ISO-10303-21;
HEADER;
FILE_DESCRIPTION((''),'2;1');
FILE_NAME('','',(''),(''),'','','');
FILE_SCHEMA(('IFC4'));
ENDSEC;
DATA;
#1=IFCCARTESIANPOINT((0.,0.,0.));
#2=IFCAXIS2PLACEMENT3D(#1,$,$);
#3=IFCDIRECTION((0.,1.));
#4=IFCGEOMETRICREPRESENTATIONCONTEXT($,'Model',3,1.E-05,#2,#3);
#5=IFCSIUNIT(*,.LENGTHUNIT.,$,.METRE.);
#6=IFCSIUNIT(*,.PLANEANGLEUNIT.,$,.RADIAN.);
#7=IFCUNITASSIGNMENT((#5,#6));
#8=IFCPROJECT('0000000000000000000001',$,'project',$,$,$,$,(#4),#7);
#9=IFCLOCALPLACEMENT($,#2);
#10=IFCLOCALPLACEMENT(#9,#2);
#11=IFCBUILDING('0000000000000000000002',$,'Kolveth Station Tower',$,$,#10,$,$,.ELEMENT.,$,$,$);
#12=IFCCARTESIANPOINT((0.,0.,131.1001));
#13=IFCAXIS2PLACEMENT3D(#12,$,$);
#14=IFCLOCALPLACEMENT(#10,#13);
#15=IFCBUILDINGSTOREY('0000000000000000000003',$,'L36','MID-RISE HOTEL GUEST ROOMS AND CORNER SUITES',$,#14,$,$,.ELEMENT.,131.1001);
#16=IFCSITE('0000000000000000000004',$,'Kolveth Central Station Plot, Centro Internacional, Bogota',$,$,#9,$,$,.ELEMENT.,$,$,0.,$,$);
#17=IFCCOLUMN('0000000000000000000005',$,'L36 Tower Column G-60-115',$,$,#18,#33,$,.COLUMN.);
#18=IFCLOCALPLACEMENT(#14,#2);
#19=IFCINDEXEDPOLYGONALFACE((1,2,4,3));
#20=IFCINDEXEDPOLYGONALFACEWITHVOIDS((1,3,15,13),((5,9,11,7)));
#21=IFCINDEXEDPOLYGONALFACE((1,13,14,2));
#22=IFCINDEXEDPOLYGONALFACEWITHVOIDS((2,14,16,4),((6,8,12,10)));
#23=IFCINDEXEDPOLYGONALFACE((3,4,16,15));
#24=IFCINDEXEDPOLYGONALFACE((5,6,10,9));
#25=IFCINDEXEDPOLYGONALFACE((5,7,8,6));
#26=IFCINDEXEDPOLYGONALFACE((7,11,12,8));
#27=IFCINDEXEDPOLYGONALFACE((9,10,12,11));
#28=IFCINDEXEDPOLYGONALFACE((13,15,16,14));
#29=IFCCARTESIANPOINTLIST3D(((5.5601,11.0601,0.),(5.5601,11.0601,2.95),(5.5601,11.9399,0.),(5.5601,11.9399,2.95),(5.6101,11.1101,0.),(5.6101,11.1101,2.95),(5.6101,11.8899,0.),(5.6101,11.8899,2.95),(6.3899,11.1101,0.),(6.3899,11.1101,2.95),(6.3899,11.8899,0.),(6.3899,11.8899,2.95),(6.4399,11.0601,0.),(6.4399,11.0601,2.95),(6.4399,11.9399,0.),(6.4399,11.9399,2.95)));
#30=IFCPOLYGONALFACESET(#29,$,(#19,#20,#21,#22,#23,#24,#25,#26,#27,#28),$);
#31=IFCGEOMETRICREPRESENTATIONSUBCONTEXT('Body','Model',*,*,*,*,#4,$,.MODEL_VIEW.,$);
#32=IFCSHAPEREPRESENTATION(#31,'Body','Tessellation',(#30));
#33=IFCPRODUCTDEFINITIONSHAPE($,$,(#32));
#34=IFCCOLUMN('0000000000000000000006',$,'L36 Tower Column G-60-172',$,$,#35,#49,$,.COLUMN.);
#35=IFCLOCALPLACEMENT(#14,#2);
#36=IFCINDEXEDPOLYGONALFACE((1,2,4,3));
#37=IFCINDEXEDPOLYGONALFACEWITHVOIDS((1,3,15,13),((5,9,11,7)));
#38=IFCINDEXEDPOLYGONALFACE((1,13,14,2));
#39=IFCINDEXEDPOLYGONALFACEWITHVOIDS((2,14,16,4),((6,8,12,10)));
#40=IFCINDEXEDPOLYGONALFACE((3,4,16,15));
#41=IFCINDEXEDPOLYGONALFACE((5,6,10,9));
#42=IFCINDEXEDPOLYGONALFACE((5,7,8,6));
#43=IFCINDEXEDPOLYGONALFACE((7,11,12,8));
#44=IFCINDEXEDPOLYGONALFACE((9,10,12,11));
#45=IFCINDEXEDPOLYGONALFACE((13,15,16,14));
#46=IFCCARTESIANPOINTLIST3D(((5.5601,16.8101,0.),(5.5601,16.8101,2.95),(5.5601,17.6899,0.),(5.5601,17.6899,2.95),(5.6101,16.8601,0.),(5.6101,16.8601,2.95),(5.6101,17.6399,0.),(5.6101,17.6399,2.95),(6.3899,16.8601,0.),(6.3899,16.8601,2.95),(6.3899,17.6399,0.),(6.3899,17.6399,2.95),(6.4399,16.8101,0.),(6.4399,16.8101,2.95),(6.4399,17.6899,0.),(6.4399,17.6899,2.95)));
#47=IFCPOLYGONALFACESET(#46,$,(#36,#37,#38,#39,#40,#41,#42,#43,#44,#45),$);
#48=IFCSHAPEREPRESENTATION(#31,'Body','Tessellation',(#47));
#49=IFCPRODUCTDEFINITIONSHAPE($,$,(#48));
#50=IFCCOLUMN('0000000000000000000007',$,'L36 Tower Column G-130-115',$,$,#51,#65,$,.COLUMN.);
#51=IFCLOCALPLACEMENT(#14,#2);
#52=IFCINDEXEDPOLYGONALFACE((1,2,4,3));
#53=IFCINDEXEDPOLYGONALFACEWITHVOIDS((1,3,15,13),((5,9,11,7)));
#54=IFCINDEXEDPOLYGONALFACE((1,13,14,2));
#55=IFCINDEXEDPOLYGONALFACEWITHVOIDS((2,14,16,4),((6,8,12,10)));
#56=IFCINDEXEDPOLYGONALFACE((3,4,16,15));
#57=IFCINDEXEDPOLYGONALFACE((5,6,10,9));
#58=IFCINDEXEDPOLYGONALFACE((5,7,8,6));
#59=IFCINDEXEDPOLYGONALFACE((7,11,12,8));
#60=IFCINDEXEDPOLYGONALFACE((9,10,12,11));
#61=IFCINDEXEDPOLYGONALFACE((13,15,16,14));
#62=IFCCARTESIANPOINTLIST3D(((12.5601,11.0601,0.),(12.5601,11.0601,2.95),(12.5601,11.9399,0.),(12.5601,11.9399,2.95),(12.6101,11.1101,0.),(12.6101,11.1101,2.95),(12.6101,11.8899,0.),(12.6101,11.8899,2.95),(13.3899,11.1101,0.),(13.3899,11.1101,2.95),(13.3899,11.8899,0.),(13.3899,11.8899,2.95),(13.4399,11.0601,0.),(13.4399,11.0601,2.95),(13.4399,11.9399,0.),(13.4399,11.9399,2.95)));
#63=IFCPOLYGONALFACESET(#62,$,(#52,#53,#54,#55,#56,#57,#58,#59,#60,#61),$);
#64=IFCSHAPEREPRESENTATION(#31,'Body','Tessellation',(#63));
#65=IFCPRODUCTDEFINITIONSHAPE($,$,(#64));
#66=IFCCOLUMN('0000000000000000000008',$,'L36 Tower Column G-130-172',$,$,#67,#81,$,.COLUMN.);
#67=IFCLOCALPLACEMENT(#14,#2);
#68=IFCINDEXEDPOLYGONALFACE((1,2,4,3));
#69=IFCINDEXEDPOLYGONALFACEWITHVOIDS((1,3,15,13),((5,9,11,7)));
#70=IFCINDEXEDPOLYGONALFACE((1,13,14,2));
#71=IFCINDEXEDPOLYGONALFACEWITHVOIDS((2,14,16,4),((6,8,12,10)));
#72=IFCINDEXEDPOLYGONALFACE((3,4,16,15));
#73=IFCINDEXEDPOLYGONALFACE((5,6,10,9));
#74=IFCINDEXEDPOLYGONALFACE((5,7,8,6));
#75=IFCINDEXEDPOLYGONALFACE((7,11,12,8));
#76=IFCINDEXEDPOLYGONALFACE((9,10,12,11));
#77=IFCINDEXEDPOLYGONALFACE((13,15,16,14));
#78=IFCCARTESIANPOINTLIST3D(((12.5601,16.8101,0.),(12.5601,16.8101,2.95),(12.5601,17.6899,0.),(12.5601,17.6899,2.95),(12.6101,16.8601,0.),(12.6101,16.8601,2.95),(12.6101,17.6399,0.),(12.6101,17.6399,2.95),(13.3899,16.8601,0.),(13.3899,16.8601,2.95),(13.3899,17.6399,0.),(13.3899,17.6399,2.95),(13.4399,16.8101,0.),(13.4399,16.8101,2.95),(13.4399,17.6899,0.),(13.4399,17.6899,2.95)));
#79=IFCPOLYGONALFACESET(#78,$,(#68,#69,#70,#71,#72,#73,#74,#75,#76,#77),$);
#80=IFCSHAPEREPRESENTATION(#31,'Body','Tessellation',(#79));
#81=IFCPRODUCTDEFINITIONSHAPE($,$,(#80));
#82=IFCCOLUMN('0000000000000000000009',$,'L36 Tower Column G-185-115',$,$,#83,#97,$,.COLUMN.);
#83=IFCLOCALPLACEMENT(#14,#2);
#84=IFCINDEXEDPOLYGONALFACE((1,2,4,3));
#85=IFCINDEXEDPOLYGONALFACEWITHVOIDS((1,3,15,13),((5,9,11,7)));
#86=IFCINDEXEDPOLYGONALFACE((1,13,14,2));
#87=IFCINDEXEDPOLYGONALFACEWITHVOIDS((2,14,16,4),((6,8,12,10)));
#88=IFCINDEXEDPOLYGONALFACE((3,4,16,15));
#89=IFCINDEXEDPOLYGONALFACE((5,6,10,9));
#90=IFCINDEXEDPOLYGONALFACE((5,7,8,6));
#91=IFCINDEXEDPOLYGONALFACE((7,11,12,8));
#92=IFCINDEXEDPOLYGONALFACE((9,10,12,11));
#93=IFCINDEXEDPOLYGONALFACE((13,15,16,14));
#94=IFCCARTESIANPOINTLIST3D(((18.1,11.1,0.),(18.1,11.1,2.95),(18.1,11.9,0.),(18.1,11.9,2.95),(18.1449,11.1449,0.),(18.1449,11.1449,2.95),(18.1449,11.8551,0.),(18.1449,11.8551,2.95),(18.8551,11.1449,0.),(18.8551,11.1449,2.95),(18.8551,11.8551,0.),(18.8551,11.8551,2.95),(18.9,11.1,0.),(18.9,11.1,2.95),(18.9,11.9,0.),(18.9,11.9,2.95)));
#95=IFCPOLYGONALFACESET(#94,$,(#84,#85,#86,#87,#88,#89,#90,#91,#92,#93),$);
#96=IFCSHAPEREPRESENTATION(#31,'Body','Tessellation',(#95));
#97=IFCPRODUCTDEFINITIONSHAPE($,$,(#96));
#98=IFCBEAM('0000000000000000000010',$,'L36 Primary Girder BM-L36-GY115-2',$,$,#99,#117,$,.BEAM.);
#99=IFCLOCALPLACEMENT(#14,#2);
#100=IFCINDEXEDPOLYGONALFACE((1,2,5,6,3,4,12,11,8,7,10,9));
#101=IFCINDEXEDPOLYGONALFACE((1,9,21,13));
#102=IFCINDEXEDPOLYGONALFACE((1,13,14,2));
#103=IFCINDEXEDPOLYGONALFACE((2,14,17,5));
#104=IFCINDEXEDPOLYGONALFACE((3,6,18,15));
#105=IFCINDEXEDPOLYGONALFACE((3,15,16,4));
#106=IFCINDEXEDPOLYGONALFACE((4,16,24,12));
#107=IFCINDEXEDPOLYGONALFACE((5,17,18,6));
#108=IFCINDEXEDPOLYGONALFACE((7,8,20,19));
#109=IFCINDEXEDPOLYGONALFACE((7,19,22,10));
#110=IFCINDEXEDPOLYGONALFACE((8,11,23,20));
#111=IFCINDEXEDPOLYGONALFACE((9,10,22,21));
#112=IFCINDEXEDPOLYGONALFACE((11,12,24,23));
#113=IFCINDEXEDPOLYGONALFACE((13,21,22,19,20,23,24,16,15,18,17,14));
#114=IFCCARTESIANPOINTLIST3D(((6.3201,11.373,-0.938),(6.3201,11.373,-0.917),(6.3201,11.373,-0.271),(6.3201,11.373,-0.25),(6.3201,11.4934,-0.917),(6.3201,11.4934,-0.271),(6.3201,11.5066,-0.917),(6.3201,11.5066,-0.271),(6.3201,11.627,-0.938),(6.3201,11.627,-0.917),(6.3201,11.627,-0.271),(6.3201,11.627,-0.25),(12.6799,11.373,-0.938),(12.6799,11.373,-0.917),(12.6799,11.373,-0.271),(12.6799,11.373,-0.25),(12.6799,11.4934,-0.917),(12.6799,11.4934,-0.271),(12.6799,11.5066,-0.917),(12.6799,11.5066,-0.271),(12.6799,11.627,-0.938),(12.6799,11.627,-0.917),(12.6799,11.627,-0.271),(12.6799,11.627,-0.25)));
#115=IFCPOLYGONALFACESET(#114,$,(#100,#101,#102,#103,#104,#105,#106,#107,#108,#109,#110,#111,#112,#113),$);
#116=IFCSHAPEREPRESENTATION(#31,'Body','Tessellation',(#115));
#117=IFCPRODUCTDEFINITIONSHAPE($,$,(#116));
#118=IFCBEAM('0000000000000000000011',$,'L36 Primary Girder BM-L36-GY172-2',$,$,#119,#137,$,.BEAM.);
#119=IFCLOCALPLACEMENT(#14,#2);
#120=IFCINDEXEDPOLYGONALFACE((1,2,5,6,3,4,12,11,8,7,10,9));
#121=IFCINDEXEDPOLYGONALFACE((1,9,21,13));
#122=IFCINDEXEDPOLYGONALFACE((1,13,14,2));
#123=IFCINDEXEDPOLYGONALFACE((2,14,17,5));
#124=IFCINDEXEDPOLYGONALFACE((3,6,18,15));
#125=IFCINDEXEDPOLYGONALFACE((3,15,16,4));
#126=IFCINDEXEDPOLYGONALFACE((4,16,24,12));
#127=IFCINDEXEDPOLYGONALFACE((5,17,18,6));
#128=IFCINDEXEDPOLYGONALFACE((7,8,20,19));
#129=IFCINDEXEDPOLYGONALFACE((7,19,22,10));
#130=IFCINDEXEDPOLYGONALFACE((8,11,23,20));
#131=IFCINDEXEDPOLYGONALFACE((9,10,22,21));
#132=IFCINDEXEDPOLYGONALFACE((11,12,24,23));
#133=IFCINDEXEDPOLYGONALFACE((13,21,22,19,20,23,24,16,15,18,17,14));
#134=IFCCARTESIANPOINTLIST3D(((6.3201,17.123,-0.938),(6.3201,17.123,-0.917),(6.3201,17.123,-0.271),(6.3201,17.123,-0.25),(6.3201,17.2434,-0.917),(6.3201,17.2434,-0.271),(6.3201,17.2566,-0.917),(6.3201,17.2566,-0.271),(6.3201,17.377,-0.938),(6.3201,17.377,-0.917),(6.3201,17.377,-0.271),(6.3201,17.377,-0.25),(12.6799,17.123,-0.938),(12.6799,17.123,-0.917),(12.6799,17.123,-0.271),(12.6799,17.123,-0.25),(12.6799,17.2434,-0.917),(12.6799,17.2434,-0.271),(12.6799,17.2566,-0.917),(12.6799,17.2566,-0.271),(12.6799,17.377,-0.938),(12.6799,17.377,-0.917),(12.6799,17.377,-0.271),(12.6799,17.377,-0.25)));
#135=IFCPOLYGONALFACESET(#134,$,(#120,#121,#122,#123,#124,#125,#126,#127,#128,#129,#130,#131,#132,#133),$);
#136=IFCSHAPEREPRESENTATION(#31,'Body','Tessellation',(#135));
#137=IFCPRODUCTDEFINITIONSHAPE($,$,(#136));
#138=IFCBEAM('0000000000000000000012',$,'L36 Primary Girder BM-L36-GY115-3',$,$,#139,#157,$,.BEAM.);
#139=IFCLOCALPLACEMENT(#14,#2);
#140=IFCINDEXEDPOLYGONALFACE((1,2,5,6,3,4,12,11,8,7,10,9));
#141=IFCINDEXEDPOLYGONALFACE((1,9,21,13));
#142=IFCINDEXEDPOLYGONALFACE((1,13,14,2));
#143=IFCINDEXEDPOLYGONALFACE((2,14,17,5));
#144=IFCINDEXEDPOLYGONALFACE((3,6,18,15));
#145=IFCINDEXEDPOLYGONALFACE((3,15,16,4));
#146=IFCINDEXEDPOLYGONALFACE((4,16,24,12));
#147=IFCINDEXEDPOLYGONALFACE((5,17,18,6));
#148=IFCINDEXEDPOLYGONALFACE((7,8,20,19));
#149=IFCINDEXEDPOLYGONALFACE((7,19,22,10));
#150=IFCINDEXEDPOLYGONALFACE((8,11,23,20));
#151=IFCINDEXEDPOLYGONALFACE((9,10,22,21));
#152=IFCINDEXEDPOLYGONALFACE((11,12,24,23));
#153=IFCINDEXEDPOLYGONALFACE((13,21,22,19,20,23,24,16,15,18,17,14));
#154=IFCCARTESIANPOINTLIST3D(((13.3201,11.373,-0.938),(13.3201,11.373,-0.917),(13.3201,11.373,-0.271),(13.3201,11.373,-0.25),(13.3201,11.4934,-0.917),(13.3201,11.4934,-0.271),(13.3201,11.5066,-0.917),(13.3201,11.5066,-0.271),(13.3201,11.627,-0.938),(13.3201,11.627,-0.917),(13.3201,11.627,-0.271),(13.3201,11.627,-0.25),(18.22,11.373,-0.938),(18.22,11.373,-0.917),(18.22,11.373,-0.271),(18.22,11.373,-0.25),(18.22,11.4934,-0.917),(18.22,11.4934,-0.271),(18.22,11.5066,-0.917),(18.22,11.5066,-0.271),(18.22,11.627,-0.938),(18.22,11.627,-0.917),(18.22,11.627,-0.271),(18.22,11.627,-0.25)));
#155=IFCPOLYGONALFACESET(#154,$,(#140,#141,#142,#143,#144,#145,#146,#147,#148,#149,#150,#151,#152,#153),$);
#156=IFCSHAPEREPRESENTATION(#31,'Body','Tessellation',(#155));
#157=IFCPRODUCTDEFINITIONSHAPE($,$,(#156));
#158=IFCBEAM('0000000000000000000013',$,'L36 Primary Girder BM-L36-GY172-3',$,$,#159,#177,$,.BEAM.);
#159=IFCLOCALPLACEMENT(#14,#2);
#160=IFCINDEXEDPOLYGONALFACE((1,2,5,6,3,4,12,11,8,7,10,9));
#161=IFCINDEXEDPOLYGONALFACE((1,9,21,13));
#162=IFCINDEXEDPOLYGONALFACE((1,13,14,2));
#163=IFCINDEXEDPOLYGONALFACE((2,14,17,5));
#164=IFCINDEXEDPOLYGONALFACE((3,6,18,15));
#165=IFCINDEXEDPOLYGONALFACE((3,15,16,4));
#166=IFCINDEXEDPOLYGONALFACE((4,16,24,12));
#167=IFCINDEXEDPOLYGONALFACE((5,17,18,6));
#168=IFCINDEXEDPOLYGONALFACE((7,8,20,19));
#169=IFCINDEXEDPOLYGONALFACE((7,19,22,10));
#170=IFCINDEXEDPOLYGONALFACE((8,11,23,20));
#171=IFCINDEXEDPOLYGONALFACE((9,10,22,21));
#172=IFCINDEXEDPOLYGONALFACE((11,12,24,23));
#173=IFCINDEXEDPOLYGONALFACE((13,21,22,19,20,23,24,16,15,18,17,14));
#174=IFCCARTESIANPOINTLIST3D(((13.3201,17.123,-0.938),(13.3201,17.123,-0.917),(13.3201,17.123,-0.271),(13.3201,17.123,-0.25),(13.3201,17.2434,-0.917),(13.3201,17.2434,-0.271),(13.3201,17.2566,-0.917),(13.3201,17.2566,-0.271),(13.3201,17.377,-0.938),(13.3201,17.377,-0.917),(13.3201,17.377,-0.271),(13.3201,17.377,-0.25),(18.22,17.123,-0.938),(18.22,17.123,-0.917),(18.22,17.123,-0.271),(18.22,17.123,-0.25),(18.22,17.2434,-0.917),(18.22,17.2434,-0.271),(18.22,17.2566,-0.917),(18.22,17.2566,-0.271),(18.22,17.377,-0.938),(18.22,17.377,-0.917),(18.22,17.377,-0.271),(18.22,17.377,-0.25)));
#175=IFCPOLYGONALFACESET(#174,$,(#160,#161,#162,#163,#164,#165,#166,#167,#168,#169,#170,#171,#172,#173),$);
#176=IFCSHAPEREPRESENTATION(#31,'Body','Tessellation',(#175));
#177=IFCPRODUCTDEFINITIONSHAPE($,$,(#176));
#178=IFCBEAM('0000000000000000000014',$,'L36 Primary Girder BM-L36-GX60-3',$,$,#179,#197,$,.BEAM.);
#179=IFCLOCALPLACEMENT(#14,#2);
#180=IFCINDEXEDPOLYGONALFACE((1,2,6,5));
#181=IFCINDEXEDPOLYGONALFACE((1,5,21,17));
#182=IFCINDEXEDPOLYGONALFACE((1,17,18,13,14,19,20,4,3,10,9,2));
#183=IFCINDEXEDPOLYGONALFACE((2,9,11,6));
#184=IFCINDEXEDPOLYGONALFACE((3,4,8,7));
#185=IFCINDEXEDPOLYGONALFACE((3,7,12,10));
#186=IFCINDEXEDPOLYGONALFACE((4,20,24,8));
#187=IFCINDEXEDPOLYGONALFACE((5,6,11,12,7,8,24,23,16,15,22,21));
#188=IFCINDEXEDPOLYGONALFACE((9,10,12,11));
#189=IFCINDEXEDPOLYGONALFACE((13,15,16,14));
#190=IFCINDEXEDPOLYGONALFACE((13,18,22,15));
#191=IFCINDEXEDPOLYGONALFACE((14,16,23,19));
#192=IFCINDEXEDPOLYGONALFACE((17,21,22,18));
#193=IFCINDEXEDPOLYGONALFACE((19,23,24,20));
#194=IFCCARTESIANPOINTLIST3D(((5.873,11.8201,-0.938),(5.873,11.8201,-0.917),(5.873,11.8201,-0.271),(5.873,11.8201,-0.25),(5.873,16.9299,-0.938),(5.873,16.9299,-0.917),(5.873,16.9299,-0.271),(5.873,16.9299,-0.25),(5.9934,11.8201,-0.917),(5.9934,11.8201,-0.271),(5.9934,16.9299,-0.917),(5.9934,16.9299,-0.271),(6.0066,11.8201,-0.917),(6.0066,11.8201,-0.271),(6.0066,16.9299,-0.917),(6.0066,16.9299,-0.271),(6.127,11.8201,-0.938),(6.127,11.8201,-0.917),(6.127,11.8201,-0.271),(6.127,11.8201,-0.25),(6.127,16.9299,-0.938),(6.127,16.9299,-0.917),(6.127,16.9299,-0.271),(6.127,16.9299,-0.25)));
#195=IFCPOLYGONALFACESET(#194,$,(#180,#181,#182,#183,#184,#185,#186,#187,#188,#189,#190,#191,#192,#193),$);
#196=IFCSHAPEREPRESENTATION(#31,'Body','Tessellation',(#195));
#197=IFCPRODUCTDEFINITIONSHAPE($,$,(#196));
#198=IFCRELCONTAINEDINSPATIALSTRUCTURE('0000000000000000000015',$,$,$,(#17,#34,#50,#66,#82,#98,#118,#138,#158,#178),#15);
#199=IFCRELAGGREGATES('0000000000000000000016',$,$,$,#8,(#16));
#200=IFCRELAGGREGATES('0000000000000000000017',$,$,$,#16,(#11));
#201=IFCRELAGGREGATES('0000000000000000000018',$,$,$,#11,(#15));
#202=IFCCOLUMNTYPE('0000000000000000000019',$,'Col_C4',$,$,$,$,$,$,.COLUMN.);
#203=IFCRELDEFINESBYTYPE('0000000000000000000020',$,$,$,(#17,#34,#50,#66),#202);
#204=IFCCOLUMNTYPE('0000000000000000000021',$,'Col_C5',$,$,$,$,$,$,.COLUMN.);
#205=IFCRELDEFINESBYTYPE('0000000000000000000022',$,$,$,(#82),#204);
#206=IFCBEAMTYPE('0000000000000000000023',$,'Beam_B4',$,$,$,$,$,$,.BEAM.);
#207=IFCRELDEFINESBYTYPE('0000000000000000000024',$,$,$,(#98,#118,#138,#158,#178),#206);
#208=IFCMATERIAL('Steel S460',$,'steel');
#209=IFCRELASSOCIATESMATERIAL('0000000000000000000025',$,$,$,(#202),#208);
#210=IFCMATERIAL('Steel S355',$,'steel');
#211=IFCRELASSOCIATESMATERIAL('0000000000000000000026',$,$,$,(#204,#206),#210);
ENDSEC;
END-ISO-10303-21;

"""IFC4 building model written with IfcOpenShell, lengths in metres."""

from ifc_helpers import new_model, si_unit, direction, frame, origin, origin_2d, place, context, subcontext, project, spatial, hollow_rectangle, i_section, extrude, source, transform, mapped, material, material_profile, profile_set, type_object, element, save


model = new_model("IFC4")

# Units and contexts
model_context = context("Model", 3, precision=1e-05, world=origin(), true_north=direction((0.0, 1.0)))
body_context = subcontext(model_context, "Body", "Model", "MODEL_VIEW")
ifc_project = project(units=[si_unit("LENGTHUNIT", "METRE"), si_unit("PLANEANGLEUNIT", "RADIAN")], contexts=[model_context])

# Site, building, storey
site_placement = place(None, origin())
site = spatial("IfcSite", under=ifc_project, at=site_placement, Name="Kolveth Central Station Plot, Centro Internacional, Bogota", CompositionType="ELEMENT", RefElevation=0.0)
building_placement = place(site_placement, origin())
building = spatial("IfcBuilding", under=site, at=building_placement, Name="Kolveth Station Tower", CompositionType="ELEMENT")
storey_placement = place(building_placement, frame((0.0, 0.0, 131.1001)))
storey = spatial("IfcBuildingStorey", under=building, at=storey_placement, Name="L36", Description="MID-RISE HOTEL GUEST ROOMS AND CORNER SUITES", CompositionType="ELEMENT", Elevation=131.1001)

# Columns
ifc_material_1 = material(Name="Steel S460", Category="steel")
ifc_material_profile_1 = material_profile(ifc_material_1, hollow_rectangle(XDim=0.8799, YDim=0.8799, WallThickness=0.05, at=origin_2d()), Name="BOX880x880x50")
ifc_profile_set_1 = profile_set([ifc_material_profile_1], Name="Steel S460")
column_type_1 = type_object("IfcColumnType", Name="Col_C4", PredefinedType="COLUMN", material=ifc_profile_set_1)
shared_shape_1 = source(origin(), body_context, "Body", "SweptSolid", [
    extrude(hollow_rectangle(XDim=0.8799, YDim=0.8799, WallThickness=0.05, at=origin_2d()), origin(), (0.0, 0.0, 1.0), 2.95),
])
for number, where, z_axis, x_axis, name in (
    (1, (6.0, 11.5, 0.0), (0.0, 0.0, 1.0), (1.0, 0.0, 0.0), "L36 Tower Column G-60-115"),
    (2, (6.0, 17.25, 0.0), (0.0, 0.0, 1.0), (1.0, 0.0, 0.0), "L36 Tower Column G-60-172"),
    (3, (13.0, 11.5, 0.0), (0.0, 0.0, 1.0), (1.0, 0.0, 0.0), "L36 Tower Column G-130-115"),
    (4, (13.0, 17.25, 0.0), (0.0, 0.0, 1.0), (1.0, 0.0, 0.0), "L36 Tower Column G-130-172"),
):
    element("IfcColumn", number, at=place(storey_placement, frame(where, z_axis=z_axis, x_axis=x_axis)), inside=storey, type_object=column_type_1, Name=name, PredefinedType="COLUMN", context=body_context, shape_type="MappedRepresentation", body=[
        mapped(shared_shape_1, transform((0.0, 0.0, 0.0), x_axis=(1.0, 0.0, 0.0), y_axis=(0.0, 1.0, 0.0), z_axis=(0.0, 0.0, 1.0), scale=1.0)),
    ])
ifc_material_2 = material(Name="Steel S355", Category="steel")
ifc_material_profile_2 = material_profile(ifc_material_2, hollow_rectangle(XDim=0.8, YDim=0.8, WallThickness=0.0449, at=origin_2d()), Name="BOX800x800x45")
ifc_profile_set_2 = profile_set([ifc_material_profile_2], Name="Steel S355")
column_type_2 = type_object("IfcColumnType", Name="Col_C5", PredefinedType="COLUMN", material=ifc_profile_set_2)
shared_shape_2 = source(origin(), body_context, "Body", "SweptSolid", [
    extrude(hollow_rectangle(XDim=0.8, YDim=0.8, WallThickness=0.0449, at=origin_2d()), origin(), (0.0, 0.0, 1.0), 2.95),
])
column_placement = place(storey_placement, frame((18.5, 11.5, 0.0), z_axis=(0.0, 0.0, 1.0), x_axis=(1.0, 0.0, 0.0)))
element("IfcColumn", 5, at=column_placement, inside=storey, type_object=column_type_2, Name="L36 Tower Column G-185-115", PredefinedType="COLUMN", context=body_context, shape_type="MappedRepresentation", body=[
    mapped(shared_shape_2, transform((0.0, 0.0, 0.0), x_axis=(1.0, 0.0, 0.0), y_axis=(0.0, 1.0, 0.0), z_axis=(0.0, 0.0, 1.0), scale=1.0)),
])

# Beams
ifc_material_profile_3 = material_profile(ifc_material_2, i_section(OverallWidth=0.2539, OverallDepth=0.688, WebThickness=0.0132, FlangeThickness=0.021, at=origin_2d()), Name="W690x152")
ifc_profile_set_3 = profile_set([ifc_material_profile_3], Name="Steel S355")
beam_type_1 = type_object("IfcBeamType", Name="Beam_B4", PredefinedType="BEAM", material=ifc_profile_set_3)
shared_shape_3 = source(origin(), body_context, "Body", "SweptSolid", [
    extrude(i_section(OverallWidth=0.2539, OverallDepth=0.688, WebThickness=0.0132, FlangeThickness=0.021, at=origin_2d()), origin(), (0.0, 0.0, 1.0), 6.3599),
])
for number, where, z_axis, x_axis, name in (
    (6, (6.3201, 11.5, -0.594), (1.0, 0.0, 0.0), (0.0, 1.0, 0.0), "L36 Primary Girder BM-L36-GY115-2"),
    (7, (6.3201, 17.25, -0.594), (1.0, 0.0, 0.0), (0.0, 1.0, 0.0), "L36 Primary Girder BM-L36-GY172-2"),
):
    element("IfcBeam", number, at=place(storey_placement, frame(where, z_axis=z_axis, x_axis=x_axis)), inside=storey, type_object=beam_type_1, Name=name, PredefinedType="BEAM", context=body_context, shape_type="MappedRepresentation", body=[
        mapped(shared_shape_3, transform((0.0, 0.0, 0.0), x_axis=(1.0, 0.0, 0.0), y_axis=(0.0, 1.0, 0.0), z_axis=(0.0, 0.0, 1.0), scale=1.0)),
    ])
shared_shape_4 = source(origin(), body_context, "Body", "SweptSolid", [
    extrude(i_section(OverallWidth=0.2539, OverallDepth=0.688, WebThickness=0.0132, FlangeThickness=0.021, at=origin_2d()), origin(), (0.0, 0.0, 1.0), 4.8999),
])
for number, where, z_axis, x_axis, name in (
    (8, (13.3201, 11.5, -0.594), (1.0, 0.0, 0.0), (0.0, 1.0, 0.0), "L36 Primary Girder BM-L36-GY115-3"),
    (9, (13.3201, 17.25, -0.594), (1.0, 0.0, 0.0), (0.0, 1.0, 0.0), "L36 Primary Girder BM-L36-GY172-3"),
):
    element("IfcBeam", number, at=place(storey_placement, frame(where, z_axis=z_axis, x_axis=x_axis)), inside=storey, type_object=beam_type_1, Name=name, PredefinedType="BEAM", context=body_context, shape_type="MappedRepresentation", body=[
        mapped(shared_shape_4, transform((0.0, 0.0, 0.0), x_axis=(1.0, 0.0, 0.0), y_axis=(0.0, 1.0, 0.0), z_axis=(0.0, 0.0, 1.0), scale=1.0)),
    ])
shared_shape_5 = source(origin(), body_context, "Body", "SweptSolid", [
    extrude(i_section(OverallWidth=0.2539, OverallDepth=0.688, WebThickness=0.0132, FlangeThickness=0.021, at=origin_2d()), origin(), (0.0, 0.0, 1.0), 5.1099),
])
for number, where, z_axis, x_axis, name in (
    (10, (6.0, 11.8201, -0.594), (0.0, 1.0, 0.0), (-1.0, 0.0, 0.0), "L36 Primary Girder BM-L36-GX60-3"),
):
    element("IfcBeam", number, at=place(storey_placement, frame(where, z_axis=z_axis, x_axis=x_axis)), inside=storey, type_object=beam_type_1, Name=name, PredefinedType="BEAM", context=body_context, shape_type="MappedRepresentation", body=[
        mapped(shared_shape_5, transform((0.0, 0.0, 0.0), x_axis=(1.0, 0.0, 0.0), y_axis=(0.0, 1.0, 0.0), z_axis=(0.0, 0.0, 1.0), scale=1.0)),
    ])

save(model, "model.ifc")
